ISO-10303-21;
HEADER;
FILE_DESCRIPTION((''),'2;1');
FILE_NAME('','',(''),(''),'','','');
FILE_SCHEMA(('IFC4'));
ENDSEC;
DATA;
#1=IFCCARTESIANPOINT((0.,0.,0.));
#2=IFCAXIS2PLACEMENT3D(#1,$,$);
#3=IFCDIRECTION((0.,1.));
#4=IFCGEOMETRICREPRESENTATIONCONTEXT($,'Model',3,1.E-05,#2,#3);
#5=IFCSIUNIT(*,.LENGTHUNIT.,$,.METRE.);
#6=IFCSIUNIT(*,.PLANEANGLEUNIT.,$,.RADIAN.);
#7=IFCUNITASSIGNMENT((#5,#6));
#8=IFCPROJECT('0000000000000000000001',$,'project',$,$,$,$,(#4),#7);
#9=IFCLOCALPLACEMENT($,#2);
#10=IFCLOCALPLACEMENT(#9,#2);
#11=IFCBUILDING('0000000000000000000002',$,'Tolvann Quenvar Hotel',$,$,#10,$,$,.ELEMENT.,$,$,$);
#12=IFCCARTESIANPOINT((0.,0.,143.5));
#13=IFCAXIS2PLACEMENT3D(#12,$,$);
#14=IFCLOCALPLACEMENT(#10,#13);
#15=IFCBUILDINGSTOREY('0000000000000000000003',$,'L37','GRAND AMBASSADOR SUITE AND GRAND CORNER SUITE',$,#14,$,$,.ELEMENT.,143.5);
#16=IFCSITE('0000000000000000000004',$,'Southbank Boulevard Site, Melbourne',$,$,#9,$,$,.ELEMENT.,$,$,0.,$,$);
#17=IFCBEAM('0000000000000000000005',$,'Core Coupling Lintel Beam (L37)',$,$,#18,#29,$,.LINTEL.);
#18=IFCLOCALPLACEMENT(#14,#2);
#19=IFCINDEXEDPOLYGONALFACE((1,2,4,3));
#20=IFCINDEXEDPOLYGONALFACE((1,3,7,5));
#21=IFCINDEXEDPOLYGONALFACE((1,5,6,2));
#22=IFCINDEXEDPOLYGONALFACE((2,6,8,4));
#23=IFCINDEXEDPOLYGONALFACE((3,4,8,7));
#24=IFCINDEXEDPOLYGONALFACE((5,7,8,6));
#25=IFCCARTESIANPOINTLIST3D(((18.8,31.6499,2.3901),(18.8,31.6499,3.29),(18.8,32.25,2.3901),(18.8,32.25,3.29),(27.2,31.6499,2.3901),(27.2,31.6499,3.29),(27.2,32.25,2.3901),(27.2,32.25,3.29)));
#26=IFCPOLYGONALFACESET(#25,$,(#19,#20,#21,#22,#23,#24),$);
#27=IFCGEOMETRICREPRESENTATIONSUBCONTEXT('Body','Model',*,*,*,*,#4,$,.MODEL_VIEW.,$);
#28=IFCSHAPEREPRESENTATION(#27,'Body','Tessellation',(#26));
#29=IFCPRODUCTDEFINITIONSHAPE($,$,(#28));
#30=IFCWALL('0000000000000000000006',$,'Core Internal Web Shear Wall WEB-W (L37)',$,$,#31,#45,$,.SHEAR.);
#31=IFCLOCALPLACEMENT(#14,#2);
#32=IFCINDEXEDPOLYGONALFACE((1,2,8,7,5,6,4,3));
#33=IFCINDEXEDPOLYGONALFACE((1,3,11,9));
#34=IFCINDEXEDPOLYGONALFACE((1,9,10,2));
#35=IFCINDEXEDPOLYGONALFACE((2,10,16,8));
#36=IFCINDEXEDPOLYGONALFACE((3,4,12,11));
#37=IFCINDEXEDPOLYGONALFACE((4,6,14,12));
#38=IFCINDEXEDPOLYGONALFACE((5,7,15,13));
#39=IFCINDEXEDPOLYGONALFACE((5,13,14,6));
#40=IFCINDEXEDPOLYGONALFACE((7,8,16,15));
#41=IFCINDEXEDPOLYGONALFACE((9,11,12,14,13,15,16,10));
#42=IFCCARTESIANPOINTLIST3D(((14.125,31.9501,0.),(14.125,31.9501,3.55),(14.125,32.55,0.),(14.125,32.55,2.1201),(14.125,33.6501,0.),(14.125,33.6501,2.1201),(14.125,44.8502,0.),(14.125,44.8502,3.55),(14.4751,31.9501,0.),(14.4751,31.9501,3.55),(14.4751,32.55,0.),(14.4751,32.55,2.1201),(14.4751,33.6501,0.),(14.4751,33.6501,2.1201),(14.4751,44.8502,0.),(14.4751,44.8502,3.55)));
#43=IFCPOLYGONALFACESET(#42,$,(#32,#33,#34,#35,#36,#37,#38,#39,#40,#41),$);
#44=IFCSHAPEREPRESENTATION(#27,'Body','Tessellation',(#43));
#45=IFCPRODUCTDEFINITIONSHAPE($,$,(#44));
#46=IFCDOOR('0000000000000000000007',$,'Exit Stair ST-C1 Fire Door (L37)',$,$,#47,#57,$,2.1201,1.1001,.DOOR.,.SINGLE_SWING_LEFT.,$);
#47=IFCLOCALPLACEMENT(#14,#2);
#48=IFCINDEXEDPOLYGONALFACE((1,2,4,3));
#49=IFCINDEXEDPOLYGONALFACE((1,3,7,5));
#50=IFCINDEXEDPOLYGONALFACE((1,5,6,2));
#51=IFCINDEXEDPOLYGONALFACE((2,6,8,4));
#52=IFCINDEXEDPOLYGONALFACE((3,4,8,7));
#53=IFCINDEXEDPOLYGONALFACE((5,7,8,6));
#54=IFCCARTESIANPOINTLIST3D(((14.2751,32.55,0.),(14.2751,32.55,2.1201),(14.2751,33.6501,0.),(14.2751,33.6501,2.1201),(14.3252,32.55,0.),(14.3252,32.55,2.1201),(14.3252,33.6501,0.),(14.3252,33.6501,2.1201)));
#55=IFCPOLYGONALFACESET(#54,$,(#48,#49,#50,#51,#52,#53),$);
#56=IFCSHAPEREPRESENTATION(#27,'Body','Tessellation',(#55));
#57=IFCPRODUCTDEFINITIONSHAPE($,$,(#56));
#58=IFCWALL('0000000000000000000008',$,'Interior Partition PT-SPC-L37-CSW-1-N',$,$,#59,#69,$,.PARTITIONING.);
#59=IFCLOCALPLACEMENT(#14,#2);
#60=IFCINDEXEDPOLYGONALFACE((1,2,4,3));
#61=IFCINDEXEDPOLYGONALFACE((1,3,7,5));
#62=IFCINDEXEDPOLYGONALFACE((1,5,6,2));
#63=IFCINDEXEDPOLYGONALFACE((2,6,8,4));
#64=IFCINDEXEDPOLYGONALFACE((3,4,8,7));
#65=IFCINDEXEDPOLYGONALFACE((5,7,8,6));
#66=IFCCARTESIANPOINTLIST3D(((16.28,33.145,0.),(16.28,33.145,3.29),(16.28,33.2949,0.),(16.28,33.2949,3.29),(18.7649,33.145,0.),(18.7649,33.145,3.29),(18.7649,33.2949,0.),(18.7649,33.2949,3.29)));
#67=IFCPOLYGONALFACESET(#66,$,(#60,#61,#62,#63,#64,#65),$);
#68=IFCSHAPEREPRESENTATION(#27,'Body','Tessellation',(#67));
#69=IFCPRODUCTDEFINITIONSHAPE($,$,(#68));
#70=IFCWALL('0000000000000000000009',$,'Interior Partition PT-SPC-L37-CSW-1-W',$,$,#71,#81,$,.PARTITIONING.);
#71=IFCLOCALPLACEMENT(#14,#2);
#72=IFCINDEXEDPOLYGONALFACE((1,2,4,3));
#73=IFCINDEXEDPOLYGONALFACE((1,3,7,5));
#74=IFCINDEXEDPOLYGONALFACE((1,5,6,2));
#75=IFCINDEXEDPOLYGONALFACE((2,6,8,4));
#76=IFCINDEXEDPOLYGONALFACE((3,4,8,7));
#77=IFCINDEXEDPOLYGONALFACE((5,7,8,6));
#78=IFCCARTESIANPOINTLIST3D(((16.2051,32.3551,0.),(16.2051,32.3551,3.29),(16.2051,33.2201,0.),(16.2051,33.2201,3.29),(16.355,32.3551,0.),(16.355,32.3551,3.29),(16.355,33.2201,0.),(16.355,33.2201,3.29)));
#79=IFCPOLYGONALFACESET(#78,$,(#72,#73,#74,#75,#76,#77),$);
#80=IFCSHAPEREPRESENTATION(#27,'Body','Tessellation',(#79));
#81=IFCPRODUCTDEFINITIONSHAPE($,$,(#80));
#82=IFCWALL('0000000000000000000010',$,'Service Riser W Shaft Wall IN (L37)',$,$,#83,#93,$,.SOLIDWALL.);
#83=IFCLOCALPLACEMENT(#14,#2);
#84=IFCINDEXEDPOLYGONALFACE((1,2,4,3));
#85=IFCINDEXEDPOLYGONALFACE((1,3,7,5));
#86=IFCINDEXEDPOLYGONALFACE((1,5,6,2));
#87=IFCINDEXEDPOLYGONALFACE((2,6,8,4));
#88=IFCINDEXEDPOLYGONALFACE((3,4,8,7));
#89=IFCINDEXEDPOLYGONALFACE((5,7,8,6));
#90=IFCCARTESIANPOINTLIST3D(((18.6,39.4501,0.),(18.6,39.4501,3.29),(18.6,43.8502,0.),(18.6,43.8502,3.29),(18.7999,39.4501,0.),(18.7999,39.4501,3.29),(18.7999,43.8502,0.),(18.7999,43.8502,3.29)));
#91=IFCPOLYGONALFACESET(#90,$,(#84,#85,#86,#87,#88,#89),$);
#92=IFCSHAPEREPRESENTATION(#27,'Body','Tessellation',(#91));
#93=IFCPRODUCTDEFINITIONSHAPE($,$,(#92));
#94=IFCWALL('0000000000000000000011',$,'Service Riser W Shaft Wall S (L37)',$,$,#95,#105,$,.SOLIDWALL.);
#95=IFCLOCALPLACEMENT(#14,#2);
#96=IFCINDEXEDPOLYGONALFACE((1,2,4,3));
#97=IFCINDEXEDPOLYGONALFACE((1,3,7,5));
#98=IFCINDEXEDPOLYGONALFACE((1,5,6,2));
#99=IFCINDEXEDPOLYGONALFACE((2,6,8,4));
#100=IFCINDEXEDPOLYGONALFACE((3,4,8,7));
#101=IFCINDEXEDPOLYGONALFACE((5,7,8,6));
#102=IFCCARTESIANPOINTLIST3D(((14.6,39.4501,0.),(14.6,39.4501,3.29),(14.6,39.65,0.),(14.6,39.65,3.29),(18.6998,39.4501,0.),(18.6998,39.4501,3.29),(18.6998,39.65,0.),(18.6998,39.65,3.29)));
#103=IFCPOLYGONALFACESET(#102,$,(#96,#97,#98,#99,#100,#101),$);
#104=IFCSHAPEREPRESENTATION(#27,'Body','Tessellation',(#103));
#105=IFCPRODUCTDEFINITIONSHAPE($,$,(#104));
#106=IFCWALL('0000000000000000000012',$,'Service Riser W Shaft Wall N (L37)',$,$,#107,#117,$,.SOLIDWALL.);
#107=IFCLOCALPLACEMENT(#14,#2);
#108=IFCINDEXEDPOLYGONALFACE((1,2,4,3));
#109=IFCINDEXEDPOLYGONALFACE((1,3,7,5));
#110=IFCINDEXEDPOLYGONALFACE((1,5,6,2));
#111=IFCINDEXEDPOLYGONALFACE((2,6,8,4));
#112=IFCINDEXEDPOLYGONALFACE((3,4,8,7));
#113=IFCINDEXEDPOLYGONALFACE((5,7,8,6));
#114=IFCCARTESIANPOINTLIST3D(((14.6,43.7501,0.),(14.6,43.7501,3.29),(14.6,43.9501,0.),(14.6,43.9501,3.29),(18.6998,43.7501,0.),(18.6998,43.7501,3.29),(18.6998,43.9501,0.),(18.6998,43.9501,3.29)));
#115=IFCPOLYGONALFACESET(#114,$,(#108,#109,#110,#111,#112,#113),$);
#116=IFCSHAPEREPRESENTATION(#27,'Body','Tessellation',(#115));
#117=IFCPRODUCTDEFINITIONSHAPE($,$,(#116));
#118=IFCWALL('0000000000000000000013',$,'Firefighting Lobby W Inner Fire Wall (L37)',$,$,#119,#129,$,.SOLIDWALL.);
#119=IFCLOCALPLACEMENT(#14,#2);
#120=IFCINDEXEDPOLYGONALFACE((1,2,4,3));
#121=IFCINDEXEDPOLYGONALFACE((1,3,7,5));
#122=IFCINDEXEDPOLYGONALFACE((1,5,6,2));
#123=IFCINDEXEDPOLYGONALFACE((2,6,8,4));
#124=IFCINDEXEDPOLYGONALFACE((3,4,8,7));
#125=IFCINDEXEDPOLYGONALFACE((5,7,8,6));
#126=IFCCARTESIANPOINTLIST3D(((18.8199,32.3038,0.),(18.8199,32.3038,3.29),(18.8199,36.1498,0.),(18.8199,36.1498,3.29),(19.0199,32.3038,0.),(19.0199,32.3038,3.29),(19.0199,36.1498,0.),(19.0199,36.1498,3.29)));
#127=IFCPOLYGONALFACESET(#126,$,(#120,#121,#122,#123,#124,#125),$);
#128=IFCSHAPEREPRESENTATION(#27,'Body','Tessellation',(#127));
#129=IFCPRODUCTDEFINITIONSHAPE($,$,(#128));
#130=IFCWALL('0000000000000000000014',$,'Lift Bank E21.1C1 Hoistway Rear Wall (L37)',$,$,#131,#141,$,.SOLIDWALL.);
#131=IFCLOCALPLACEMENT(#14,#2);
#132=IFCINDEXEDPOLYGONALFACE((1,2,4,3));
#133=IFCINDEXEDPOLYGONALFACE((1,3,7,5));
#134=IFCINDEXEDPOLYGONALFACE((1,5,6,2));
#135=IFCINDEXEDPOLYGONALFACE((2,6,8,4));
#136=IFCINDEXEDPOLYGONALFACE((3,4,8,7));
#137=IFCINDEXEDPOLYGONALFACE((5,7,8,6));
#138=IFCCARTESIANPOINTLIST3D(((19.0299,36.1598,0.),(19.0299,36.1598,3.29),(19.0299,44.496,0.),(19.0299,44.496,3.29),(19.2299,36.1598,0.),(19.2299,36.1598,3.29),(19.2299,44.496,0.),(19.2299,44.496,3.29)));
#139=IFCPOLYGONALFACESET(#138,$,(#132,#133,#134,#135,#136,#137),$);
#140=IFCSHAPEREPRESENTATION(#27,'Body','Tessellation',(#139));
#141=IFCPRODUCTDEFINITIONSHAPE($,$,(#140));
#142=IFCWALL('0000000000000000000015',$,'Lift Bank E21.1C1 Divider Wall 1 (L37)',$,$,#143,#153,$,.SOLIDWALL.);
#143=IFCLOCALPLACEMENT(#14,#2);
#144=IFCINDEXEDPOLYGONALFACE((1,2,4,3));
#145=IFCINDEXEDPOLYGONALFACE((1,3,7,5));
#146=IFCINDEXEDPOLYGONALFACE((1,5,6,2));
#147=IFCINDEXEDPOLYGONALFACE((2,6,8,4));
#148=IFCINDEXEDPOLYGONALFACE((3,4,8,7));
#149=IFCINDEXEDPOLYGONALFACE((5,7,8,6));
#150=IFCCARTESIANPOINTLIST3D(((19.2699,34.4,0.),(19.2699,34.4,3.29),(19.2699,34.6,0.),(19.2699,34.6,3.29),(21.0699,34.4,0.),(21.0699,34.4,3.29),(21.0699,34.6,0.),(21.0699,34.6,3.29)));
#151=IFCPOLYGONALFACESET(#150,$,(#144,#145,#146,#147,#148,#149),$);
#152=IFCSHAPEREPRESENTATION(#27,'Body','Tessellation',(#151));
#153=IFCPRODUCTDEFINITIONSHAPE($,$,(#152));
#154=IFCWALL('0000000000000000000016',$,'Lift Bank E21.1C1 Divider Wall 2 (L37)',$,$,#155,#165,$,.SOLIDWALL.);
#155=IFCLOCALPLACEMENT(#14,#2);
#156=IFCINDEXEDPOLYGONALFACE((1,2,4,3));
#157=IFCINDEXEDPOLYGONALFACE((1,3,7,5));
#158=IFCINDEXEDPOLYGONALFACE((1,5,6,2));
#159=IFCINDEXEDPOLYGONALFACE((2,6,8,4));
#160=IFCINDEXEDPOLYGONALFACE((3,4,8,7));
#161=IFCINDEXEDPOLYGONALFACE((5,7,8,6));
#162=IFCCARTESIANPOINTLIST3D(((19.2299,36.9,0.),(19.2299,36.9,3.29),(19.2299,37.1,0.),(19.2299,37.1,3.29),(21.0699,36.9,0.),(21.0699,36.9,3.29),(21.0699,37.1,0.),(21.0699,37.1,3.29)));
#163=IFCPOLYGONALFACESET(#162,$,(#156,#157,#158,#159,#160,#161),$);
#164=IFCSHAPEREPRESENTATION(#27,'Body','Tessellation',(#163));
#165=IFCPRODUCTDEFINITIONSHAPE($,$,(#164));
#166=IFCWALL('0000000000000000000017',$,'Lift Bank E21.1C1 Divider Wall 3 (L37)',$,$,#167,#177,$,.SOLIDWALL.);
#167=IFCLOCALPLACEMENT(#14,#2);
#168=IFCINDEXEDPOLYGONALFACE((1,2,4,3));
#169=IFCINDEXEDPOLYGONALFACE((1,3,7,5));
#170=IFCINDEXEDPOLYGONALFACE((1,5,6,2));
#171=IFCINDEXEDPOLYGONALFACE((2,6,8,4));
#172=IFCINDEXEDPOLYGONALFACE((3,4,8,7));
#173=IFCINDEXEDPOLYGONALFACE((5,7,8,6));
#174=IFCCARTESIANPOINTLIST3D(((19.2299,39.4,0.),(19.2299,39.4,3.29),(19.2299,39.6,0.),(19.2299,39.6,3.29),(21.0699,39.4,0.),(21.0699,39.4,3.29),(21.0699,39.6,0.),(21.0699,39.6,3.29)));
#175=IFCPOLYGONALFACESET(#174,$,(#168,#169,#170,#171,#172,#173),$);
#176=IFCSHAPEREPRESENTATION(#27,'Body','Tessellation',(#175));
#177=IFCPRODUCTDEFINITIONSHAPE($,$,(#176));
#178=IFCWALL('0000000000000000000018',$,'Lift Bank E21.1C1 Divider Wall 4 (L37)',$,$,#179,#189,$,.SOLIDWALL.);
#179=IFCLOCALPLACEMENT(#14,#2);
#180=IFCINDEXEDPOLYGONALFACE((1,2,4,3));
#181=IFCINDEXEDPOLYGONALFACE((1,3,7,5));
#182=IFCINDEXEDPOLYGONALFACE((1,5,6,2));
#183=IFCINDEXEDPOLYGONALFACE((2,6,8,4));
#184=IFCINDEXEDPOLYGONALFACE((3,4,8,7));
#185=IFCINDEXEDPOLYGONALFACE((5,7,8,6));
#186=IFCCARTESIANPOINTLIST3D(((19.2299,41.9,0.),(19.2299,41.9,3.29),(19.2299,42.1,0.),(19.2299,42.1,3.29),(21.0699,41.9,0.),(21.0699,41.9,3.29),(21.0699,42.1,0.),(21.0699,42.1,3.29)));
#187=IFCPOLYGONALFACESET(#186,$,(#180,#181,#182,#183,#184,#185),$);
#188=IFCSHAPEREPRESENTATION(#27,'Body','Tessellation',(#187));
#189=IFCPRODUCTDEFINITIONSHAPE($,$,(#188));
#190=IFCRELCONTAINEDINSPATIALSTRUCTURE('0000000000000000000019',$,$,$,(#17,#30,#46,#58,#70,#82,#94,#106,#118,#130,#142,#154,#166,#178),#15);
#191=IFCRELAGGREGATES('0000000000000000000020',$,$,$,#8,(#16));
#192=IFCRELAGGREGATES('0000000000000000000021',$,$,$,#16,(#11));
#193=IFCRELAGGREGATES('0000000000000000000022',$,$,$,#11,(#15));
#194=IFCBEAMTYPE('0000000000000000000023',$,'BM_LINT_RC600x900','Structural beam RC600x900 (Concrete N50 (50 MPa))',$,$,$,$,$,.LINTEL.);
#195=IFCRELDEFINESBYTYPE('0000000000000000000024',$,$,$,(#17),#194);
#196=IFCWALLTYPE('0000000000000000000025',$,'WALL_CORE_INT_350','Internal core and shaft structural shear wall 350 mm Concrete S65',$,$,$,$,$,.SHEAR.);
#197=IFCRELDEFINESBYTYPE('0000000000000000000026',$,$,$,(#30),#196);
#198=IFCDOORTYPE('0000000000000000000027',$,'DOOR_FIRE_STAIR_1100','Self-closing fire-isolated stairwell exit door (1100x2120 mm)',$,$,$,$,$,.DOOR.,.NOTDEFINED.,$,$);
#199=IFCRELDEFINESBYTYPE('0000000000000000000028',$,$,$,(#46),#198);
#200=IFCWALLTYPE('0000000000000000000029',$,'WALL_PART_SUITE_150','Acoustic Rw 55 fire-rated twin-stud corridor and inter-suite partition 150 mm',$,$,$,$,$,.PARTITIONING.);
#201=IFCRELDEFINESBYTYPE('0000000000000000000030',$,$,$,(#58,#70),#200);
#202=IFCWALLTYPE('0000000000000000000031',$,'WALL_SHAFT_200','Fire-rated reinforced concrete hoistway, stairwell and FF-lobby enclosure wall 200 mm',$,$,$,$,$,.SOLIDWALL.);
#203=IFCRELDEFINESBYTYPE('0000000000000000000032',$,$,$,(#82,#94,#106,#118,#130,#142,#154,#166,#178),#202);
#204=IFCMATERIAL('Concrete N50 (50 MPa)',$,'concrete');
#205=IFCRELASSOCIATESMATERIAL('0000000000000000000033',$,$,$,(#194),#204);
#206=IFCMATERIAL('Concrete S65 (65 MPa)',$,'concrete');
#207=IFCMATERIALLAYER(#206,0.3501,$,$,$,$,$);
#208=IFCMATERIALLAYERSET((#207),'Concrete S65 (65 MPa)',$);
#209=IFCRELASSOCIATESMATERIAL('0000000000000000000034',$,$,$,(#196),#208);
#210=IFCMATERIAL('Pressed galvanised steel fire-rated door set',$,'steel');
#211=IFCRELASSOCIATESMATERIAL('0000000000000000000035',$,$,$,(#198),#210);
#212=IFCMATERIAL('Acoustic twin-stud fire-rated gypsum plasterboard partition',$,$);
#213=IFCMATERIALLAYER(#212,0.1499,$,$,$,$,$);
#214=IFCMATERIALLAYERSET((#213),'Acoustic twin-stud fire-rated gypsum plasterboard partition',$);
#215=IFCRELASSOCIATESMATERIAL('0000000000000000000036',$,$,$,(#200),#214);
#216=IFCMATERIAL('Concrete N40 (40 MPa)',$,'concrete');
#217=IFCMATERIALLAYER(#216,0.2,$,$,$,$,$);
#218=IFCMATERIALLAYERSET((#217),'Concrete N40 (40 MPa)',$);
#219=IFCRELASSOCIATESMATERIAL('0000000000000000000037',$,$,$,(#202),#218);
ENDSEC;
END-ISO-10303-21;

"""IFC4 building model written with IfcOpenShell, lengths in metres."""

from ifc_helpers import new_model, si_unit, direction, frame, frame_2d, origin, origin_2d, place, context, subcontext, project, spatial, rectangle, extrude, source, transform, mapped, material, layer, layer_set, material_profile, profile_set, type_object, type_shapes, element, fill, save


model = new_model("IFC4")

# Units and contexts
model_context = context("Model", 3, precision=1e-05, world=origin(), true_north=direction((0.0, 1.0)))
body_context = subcontext(model_context, "Body", "Model", "MODEL_VIEW")
ifc_project = project(units=[si_unit("LENGTHUNIT", "METRE"), si_unit("PLANEANGLEUNIT", "RADIAN")], contexts=[model_context])

# Site, building, storey
site_placement = place(None, origin())
site = spatial("IfcSite", under=ifc_project, at=site_placement, Name="Southbank Boulevard Site, Melbourne", CompositionType="ELEMENT", RefElevation=0.0)
building_placement = place(site_placement, origin())
building = spatial("IfcBuilding", under=site, at=building_placement, Name="Tolvann Quenvar Hotel", CompositionType="ELEMENT")
storey_placement = place(building_placement, frame((0.0, 0.0, 143.5)))
storey = spatial("IfcBuildingStorey", under=building, at=storey_placement, Name="L37", Description="GRAND AMBASSADOR SUITE AND GRAND CORNER SUITE", CompositionType="ELEMENT", Elevation=143.5)

# Beam
ifc_material_1 = material(Name="Concrete N50 (50 MPa)", Category="concrete")
ifc_material_profile = material_profile(ifc_material_1, rectangle(XDim=0.6001, YDim=0.8999, at=origin_2d()), Name="RC600x900")
ifc_profile_set = profile_set([ifc_material_profile], Name="Concrete N50 (50 MPa)")
beam_type = type_object("IfcBeamType", Name="BM_LINT_RC600x900", Description="Structural beam RC600x900 (Concrete N50 (50 MPa))", PredefinedType="LINTEL", material=ifc_profile_set)
shared_shape_1 = source(origin(), body_context, "Body", "SweptSolid", [
    extrude(rectangle(XDim=0.6001, YDim=0.8999, at=origin_2d()), origin(), (0.0, 0.0, 1.0), 8.3999),
])
type_shapes(beam_type, [shared_shape_1])
beam_placement = place(storey_placement, frame((18.8, 31.95, 2.8401), z_axis=(1.0, 0.0, 0.0), x_axis=(0.0, 1.0, 0.0)))
element("IfcBeam", 1, at=beam_placement, inside=storey, type_object=beam_type, Name="Core Coupling Lintel Beam (L37)", PredefinedType="LINTEL", context=body_context, shape_type="MappedRepresentation", body=[
    mapped(shared_shape_1, transform((0.0, 0.0, 0.0), x_axis=(1.0, 0.0, 0.0), y_axis=(0.0, 1.0, 0.0), z_axis=(0.0, 0.0, 1.0), scale=1.0)),
])

# Wall, opening, door
ifc_material_2 = material(Name="Concrete S65 (65 MPa)", Category="concrete")
ifc_layer_1 = layer(ifc_material_2, 0.3501)
ifc_layer_set_1 = layer_set([ifc_layer_1], Name="Concrete S65 (65 MPa)")
wall_type_1 = type_object("IfcWallType", Name="WALL_CORE_INT_350", Description="Internal core and shaft structural shear wall 350 mm Concrete S65", PredefinedType="SHEAR", material=ifc_layer_set_1)
wall_1_placement = place(storey_placement, frame((14.3, 31.95, 0.0), z_axis=(0.0, 0.0, 1.0), x_axis=(0.0, 1.0, 0.0)))
wall_1 = element("IfcWall", 2, at=wall_1_placement, inside=storey, type_object=wall_type_1, Name="Core Internal Web Shear Wall WEB-W (L37)", PredefinedType="SHEAR", context=body_context, shape_type="SweptSolid", body=[
    extrude(rectangle(XDim=12.9001, YDim=0.3501, at=frame_2d((6.4502, 0.0))), origin(), (0.0, 0.0, 1.0), 3.55),
])
opening_1_placement = place(wall_1_placement, frame((0.6001, 0.0, 0.0)))
opening_1 = element("IfcOpeningElement", 3, at=opening_1_placement, cuts=wall_1, PredefinedType="OPENING", context=body_context, shape_type="SweptSolid", body=[
    extrude(rectangle(XDim=1.1001, YDim=2.1201, at=frame_2d((0.55, 1.0601))), frame((0.0, 0.1851, 0.0), z_axis=(0.0, -1.0, 0.0), x_axis=(1.0, 0.0, 0.0)), (0.0, 0.0, 1.0), 0.3701),
])
ifc_material_3 = material(Name="Pressed galvanised steel fire-rated door set", Category="steel")
door_type_1 = type_object("IfcDoorType", Name="DOOR_FIRE_STAIR_1100", Description="Self-closing fire-isolated stairwell exit door (1100x2120 mm)", OperationType="NOTDEFINED", PredefinedType="DOOR", material=ifc_material_3)
shared_shape_2 = source(origin(), body_context, "Body", "SweptSolid", [
    extrude(rectangle(XDim=1.1001, YDim=2.1201, at=frame_2d((0.55, 1.0601))), frame((0.0, 0.0249, 0.0), z_axis=(0.0, -1.0, 0.0), x_axis=(1.0, 0.0, 0.0)), (0.0, 0.0, 1.0), 0.05),
])
type_shapes(door_type_1, [shared_shape_2])
door_1_placement = place(opening_1_placement, origin())
door_1 = element("IfcDoor", 4, at=door_1_placement, inside=storey, type_object=door_type_1, Name="Exit Stair ST-C1 Fire Door (L37)", OperationType="SINGLE_SWING_LEFT", OverallHeight=2.1201, OverallWidth=1.1001, PredefinedType="DOOR", context=body_context, shape_type="MappedRepresentation", body=[
    mapped(shared_shape_2, transform((0.0, 0.0, 0.0), x_axis=(1.0, 0.0, 0.0), y_axis=(0.0, 1.0, 0.0), z_axis=(0.0, 0.0, 1.0), scale=1.0)),
])
fill(opening_1, door_1)

# Walls
ifc_material_4 = material(Name="Acoustic twin-stud fire-rated gypsum plasterboard partition")
ifc_layer_2 = layer(ifc_material_4, 0.1499)
ifc_layer_set_2 = layer_set([ifc_layer_2], Name="Acoustic twin-stud fire-rated gypsum plasterboard partition")
wall_type_2 = type_object("IfcWallType", Name="WALL_PART_SUITE_150", Description="Acoustic Rw 55 fire-rated twin-stud corridor and inter-suite partition 150 mm", PredefinedType="PARTITIONING", material=ifc_layer_set_2)
wall_2_placement = place(storey_placement, frame((16.28, 33.22, 0.0), z_axis=(0.0, 0.0, 1.0), x_axis=(1.0, 0.0, 0.0)))
element("IfcWall", 5, at=wall_2_placement, inside=storey, type_object=wall_type_2, Name="Interior Partition PT-SPC-L37-CSW-1-N", PredefinedType="PARTITIONING", context=body_context, shape_type="SweptSolid", body=[
    extrude(rectangle(XDim=2.4849, YDim=0.1499, at=frame_2d((1.2424, 0.0))), origin(), (0.0, 0.0, 1.0), 3.29),
])
wall_3_placement = place(storey_placement, frame((16.28, 32.355, 0.0), z_axis=(0.0, 0.0, 1.0), x_axis=(0.0, 1.0, 0.0)))
element("IfcWall", 6, at=wall_3_placement, inside=storey, type_object=wall_type_2, Name="Interior Partition PT-SPC-L37-CSW-1-W", PredefinedType="PARTITIONING", context=body_context, shape_type="SweptSolid", body=[
    extrude(rectangle(XDim=0.865, YDim=0.1499, at=frame_2d((0.4326, 0.0))), origin(), (0.0, 0.0, 1.0), 3.29),
])
ifc_material_5 = material(Name="Concrete N40 (40 MPa)", Category="concrete")
ifc_layer_3 = layer(ifc_material_5, 0.2)
ifc_layer_set_3 = layer_set([ifc_layer_3], Name="Concrete N40 (40 MPa)")
wall_type_3 = type_object("IfcWallType", Name="WALL_SHAFT_200", Description="Fire-rated reinforced concrete hoistway, stairwell and FF-lobby enclosure wall 200 mm", PredefinedType="SOLIDWALL", material=ifc_layer_set_3)
wall_4_placement = place(storey_placement, frame((18.7, 39.45, 0.0), z_axis=(0.0, 0.0, 1.0), x_axis=(0.0, 1.0, 0.0)))
element("IfcWall", 7, at=wall_4_placement, inside=storey, type_object=wall_type_3, Name="Service Riser W Shaft Wall IN (L37)", PredefinedType="SOLIDWALL", context=body_context, shape_type="SweptSolid", body=[
    extrude(rectangle(XDim=4.4001, YDim=0.2, at=frame_2d((2.2002, 0.0))), origin(), (0.0, 0.0, 1.0), 3.29),
])
for number, where, z_axis, x_axis, name in (
    (8, (14.6001, 39.55, 0.0), (0.0, 0.0, 1.0), (1.0, 0.0, 0.0), "Service Riser W Shaft Wall S (L37)"),
    (9, (14.6001, 43.8501, 0.0), (0.0, 0.0, 1.0), (1.0, 0.0, 0.0), "Service Riser W Shaft Wall N (L37)"),
):
    element("IfcWall", number, at=place(storey_placement, frame(where, z_axis=z_axis, x_axis=x_axis)), inside=storey, type_object=wall_type_3, Name=name, PredefinedType="SOLIDWALL", context=body_context, shape_type="SweptSolid", body=[
        extrude(rectangle(XDim=4.0999, YDim=0.2, at=frame_2d((2.0498, 0.0))), origin(), (0.0, 0.0, 1.0), 3.29),
    ])
wall_5_placement = place(storey_placement, frame((18.9199, 32.304, 0.0), z_axis=(0.0, 0.0, 1.0), x_axis=(0.0, 1.0, 0.0)))
element("IfcWall", 10, at=wall_5_placement, inside=storey, type_object=wall_type_3, Name="Firefighting Lobby W Inner Fire Wall (L37)", PredefinedType="SOLIDWALL", context=body_context, shape_type="SweptSolid", body=[
    extrude(rectangle(XDim=3.8459, YDim=0.2, at=frame_2d((1.9229, 0.0))), origin(), (0.0, 0.0, 1.0), 3.29),
])

# Walls
wall_6_placement = place(storey_placement, frame((19.1299, 36.1599, 0.0), z_axis=(0.0, 0.0, 1.0), x_axis=(0.0, 1.0, 0.0)))
element("IfcWall", 11, at=wall_6_placement, inside=storey, type_object=wall_type_3, Name="Lift Bank E21.1C1 Hoistway Rear Wall (L37)", PredefinedType="SOLIDWALL", context=body_context, shape_type="SweptSolid", body=[
    extrude(rectangle(XDim=8.3362, YDim=0.2, at=frame_2d((4.168, 0.0))), origin(), (0.0, 0.0, 1.0), 3.29),
])
wall_7_placement = place(storey_placement, frame((19.27, 34.5, 0.0), z_axis=(0.0, 0.0, 1.0), x_axis=(1.0, 0.0, 0.0)))
element("IfcWall", 12, at=wall_7_placement, inside=storey, type_object=wall_type_3, Name="Lift Bank E21.1C1 Divider Wall 1 (L37)", PredefinedType="SOLIDWALL", context=body_context, shape_type="SweptSolid", body=[
    extrude(rectangle(XDim=1.8, YDim=0.2, at=frame_2d((0.8999, 0.0))), origin(), (0.0, 0.0, 1.0), 3.29),
])
for number, where, z_axis, x_axis, name in (
    (13, (19.23, 37.0, 0.0), (0.0, 0.0, 1.0), (1.0, 0.0, 0.0), "Lift Bank E21.1C1 Divider Wall 2 (L37)"),
    (14, (19.23, 39.5, 0.0), (0.0, 0.0, 1.0), (1.0, 0.0, 0.0), "Lift Bank E21.1C1 Divider Wall 3 (L37)"),
    (15, (19.23, 42.0, 0.0), (0.0, 0.0, 1.0), (1.0, 0.0, 0.0), "Lift Bank E21.1C1 Divider Wall 4 (L37)"),
):
    element("IfcWall", number, at=place(storey_placement, frame(where, z_axis=z_axis, x_axis=x_axis)), inside=storey, type_object=wall_type_3, Name=name, PredefinedType="SOLIDWALL", context=body_context, shape_type="SweptSolid", body=[
        extrude(rectangle(XDim=1.8401, YDim=0.2, at=frame_2d((0.9199, 0.0))), origin(), (0.0, 0.0, 1.0), 3.29),
    ])

save(model, "model.ifc")
